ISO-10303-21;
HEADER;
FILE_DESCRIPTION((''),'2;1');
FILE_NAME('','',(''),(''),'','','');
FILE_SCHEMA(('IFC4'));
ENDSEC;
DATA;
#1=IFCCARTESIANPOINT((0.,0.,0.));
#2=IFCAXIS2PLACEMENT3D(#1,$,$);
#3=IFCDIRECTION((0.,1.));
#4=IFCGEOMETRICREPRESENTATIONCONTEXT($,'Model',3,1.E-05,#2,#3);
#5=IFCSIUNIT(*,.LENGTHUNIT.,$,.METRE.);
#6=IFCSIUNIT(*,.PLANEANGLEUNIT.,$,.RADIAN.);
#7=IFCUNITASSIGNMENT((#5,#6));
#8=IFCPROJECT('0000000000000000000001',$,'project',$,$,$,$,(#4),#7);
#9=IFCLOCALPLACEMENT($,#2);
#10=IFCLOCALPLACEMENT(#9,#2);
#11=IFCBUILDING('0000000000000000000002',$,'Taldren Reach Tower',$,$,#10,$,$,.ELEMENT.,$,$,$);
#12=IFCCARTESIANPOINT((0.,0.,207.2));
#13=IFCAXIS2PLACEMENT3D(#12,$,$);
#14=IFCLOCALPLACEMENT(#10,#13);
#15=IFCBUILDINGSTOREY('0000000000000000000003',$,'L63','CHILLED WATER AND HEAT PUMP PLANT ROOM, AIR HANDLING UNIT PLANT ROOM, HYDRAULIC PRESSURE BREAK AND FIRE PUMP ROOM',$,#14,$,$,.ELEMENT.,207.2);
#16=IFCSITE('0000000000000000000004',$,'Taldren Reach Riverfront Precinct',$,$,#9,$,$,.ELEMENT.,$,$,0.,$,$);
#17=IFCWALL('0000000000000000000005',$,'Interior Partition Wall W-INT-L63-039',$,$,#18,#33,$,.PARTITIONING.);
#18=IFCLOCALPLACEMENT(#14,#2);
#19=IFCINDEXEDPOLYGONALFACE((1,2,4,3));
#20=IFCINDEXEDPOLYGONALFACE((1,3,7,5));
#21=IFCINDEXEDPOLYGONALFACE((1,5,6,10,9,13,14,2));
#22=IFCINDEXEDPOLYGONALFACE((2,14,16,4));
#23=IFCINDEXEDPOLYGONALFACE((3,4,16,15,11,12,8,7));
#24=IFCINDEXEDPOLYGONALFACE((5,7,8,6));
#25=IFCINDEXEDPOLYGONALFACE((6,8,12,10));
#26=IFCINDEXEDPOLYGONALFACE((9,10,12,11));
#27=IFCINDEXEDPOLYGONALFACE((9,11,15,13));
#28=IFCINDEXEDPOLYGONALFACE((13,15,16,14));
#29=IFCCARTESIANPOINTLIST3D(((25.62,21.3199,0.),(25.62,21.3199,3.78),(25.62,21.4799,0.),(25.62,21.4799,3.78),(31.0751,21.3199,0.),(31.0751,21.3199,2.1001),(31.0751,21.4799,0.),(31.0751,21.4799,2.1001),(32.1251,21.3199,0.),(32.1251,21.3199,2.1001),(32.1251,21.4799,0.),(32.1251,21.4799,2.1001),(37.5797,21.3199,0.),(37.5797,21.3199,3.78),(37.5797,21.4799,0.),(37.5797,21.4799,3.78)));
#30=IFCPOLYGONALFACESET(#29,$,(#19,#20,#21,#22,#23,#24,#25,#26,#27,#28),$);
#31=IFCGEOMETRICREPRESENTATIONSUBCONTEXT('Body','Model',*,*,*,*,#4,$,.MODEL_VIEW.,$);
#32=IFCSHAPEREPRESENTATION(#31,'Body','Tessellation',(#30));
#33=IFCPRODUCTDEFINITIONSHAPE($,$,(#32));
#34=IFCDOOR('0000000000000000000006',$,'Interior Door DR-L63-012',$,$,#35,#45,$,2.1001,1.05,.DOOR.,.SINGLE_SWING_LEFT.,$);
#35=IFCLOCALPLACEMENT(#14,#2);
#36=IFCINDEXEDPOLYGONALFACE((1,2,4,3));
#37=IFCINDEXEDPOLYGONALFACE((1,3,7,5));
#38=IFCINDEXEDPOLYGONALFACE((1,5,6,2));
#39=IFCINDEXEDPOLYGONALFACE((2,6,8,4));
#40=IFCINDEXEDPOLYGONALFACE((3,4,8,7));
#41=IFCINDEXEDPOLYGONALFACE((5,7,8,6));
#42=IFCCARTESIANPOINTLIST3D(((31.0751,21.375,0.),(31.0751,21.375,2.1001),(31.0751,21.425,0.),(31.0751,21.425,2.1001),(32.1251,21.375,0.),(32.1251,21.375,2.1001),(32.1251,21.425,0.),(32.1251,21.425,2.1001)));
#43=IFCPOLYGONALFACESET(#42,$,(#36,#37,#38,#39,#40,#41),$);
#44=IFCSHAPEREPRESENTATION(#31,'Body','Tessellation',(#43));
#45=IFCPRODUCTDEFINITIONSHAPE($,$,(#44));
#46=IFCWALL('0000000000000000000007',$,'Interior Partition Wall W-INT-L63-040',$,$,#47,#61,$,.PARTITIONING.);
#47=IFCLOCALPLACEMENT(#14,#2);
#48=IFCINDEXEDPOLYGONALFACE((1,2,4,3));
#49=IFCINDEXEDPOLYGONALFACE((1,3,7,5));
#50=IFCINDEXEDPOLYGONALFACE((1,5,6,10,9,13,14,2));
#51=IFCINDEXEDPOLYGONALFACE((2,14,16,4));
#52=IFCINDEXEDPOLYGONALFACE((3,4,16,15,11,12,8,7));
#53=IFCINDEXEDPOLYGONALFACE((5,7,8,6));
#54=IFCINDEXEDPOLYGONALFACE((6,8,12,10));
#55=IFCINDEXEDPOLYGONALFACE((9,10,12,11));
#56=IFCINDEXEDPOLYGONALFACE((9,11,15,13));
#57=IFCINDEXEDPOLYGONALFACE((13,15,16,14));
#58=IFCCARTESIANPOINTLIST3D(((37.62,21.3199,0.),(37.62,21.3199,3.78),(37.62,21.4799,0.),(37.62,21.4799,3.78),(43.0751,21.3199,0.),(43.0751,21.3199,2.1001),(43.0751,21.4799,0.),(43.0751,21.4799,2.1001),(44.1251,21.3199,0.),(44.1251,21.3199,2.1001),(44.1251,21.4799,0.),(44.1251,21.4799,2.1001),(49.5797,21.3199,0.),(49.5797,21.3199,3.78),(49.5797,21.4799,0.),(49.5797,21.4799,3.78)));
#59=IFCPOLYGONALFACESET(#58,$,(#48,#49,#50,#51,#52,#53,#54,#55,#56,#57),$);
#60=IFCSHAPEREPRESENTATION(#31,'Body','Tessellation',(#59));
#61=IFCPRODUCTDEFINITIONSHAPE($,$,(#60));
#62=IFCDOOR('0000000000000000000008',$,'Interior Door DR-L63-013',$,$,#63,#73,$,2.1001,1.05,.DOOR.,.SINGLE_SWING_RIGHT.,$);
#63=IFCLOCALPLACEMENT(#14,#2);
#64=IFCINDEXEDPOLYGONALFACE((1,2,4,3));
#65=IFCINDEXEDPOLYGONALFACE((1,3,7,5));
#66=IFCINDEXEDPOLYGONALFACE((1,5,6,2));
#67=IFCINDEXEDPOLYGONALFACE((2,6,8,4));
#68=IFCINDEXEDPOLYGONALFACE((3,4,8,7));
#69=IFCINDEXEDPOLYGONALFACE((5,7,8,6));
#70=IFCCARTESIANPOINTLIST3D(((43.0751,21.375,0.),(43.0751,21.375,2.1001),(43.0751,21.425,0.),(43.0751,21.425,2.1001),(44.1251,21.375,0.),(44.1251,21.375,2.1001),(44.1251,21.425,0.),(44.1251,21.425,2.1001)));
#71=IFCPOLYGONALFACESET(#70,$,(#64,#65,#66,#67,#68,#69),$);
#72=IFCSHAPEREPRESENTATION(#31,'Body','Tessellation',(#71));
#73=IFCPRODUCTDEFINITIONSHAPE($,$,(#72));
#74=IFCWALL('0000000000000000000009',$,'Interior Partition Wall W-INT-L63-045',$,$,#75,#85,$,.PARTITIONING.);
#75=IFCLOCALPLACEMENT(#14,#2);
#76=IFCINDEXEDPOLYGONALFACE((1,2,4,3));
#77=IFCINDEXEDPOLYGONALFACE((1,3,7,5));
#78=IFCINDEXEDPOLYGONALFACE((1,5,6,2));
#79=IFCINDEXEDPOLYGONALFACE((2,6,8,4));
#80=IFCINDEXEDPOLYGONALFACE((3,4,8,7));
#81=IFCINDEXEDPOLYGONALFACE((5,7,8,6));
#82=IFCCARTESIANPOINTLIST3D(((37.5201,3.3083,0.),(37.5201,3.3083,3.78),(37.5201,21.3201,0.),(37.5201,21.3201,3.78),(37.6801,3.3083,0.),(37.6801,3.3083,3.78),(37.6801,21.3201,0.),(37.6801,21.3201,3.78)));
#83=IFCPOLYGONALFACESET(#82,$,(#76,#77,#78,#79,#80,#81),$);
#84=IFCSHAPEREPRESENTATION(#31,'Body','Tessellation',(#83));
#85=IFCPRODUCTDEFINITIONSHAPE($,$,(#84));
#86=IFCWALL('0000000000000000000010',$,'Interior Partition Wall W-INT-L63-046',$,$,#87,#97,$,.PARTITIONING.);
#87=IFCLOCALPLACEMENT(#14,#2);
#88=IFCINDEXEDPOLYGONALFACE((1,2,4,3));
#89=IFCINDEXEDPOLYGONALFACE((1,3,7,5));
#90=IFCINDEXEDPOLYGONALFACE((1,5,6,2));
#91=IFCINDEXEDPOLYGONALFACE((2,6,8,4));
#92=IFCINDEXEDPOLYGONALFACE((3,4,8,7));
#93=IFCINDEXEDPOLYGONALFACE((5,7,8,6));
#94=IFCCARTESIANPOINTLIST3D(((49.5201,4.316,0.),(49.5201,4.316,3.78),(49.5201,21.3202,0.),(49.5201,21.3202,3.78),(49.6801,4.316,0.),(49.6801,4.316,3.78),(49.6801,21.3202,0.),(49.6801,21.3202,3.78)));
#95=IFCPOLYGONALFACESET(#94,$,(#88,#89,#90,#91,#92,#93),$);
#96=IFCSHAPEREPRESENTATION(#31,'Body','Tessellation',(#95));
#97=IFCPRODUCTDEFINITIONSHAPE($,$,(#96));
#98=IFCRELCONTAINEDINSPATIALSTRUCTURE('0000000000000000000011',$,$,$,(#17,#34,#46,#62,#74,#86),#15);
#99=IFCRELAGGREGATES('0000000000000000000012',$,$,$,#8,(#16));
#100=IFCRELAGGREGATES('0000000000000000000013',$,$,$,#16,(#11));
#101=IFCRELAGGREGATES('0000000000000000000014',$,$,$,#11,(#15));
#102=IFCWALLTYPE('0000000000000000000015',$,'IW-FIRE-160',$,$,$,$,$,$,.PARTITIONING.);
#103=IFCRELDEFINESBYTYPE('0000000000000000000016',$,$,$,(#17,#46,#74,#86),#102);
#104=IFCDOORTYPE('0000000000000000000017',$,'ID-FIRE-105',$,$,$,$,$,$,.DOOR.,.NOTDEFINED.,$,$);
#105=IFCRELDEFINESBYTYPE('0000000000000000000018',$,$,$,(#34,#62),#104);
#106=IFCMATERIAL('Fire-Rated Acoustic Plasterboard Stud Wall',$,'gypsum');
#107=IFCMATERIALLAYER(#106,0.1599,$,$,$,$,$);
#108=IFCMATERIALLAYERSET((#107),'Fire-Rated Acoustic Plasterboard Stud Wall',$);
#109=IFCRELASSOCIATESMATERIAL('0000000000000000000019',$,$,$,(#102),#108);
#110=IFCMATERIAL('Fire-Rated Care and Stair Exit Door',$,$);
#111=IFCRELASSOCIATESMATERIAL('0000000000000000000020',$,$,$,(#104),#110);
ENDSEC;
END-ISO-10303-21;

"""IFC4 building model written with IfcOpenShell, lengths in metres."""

from ifc_helpers import new_model, si_unit, direction, frame, frame_2d, origin, place, context, subcontext, project, spatial, rectangle, extrude, source, transform, mapped, material, layer, layer_set, type_object, element, fill, save


model = new_model("IFC4")

# Units and contexts
model_context = context("Model", 3, precision=1e-05, world=origin(), true_north=direction((0.0, 1.0)))
body_context = subcontext(model_context, "Body", "Model", "MODEL_VIEW")
ifc_project = project(units=[si_unit("LENGTHUNIT", "METRE"), si_unit("PLANEANGLEUNIT", "RADIAN")], contexts=[model_context])

# Site, building, storey
site_placement = place(None, origin())
site = spatial("IfcSite", under=ifc_project, at=site_placement, Name="Taldren Reach Riverfront Precinct", CompositionType="ELEMENT", RefElevation=0.0)
building_placement = place(site_placement, origin())
building = spatial("IfcBuilding", under=site, at=building_placement, Name="Taldren Reach Tower", CompositionType="ELEMENT")
storey_placement = place(building_placement, frame((0.0, 0.0, 207.2)))
storey = spatial("IfcBuildingStorey", under=building, at=storey_placement, Name="L63", Description="CHILLED WATER AND HEAT PUMP PLANT ROOM, AIR HANDLING UNIT PLANT ROOM, HYDRAULIC PRESSURE BREAK AND FIRE PUMP ROOM", CompositionType="ELEMENT", Elevation=207.2)

# Walls, openings, doors
ifc_material_1 = material(Name="Fire-Rated Acoustic Plasterboard Stud Wall", Category="gypsum")
ifc_layer_1 = layer(ifc_material_1, 0.1599)
ifc_layer_set_1 = layer_set([ifc_layer_1], Name="Fire-Rated Acoustic Plasterboard Stud Wall")
wall_type = type_object("IfcWallType", Name="IW-FIRE-160", PredefinedType="PARTITIONING", material=ifc_layer_set_1)
shared_shape_1 = source(origin(), body_context, "Body", "SweptSolid", [
    extrude(rectangle(XDim=11.9597, YDim=0.1599, at=frame_2d((5.98, 0.0))), origin(), (0.0, 0.0, 1.0), 3.78),
])
wall_1_placement = place(storey_placement, frame((37.5798, 21.3999, 0.0), z_axis=(0.0, 0.0, 1.0), x_axis=(-1.0, 0.0, 0.0)))
wall_1 = element("IfcWall", 1, at=wall_1_placement, inside=storey, type_object=wall_type, Name="Interior Partition Wall W-INT-L63-039", PredefinedType="PARTITIONING", context=body_context, shape_type="MappedRepresentation", body=[
    mapped(shared_shape_1, transform((0.0, 0.0, 0.0), scale=1.0)),
])
shared_shape_2 = source(origin(), body_context, "Body", "SweptSolid", [
    extrude(rectangle(XDim=1.05, YDim=2.1001, at=frame_2d((0.5249, 1.05))), frame((0.0, 0.0898, 0.0), z_axis=(0.0, -1.0, 0.0), x_axis=(1.0, 0.0, 0.0)), (0.0, 0.0, 1.0), 0.1799),
])
opening_1_placement = place(wall_1_placement, frame((5.4548, 0.0, 0.0)))
opening_1 = element("IfcOpeningElement", 2, at=opening_1_placement, cuts=wall_1, PredefinedType="OPENING", context=body_context, shape_type="MappedRepresentation", body=[
    mapped(shared_shape_2, transform((0.0, 0.0, 0.0), scale=1.0)),
])
ifc_material_2 = material(Name="Fire-Rated Care and Stair Exit Door")
door_type = type_object("IfcDoorType", Name="ID-FIRE-105", OperationType="NOTDEFINED", PredefinedType="DOOR", material=ifc_material_2)
shared_shape_3 = source(origin(), body_context, "Body", "SweptSolid", [
    extrude(rectangle(XDim=1.05, YDim=2.1001, at=frame_2d((0.5249, 1.05))), frame((0.0, 0.0249, 0.0), z_axis=(0.0, -1.0, 0.0), x_axis=(1.0, 0.0, 0.0)), (0.0, 0.0, 1.0), 0.05),
])
door_1_placement = place(opening_1_placement, origin())
door_1 = element("IfcDoor", 3, at=door_1_placement, inside=storey, type_object=door_type, Name="Interior Door DR-L63-012", OperationType="SINGLE_SWING_LEFT", OverallHeight=2.1001, OverallWidth=1.05, PredefinedType="DOOR", context=body_context, shape_type="MappedRepresentation", body=[
    mapped(shared_shape_3, transform((0.0, 0.0, 0.0), scale=1.0)),
])
fill(opening_1, door_1)
wall_2_placement = place(storey_placement, frame((49.5798, 21.3999, 0.0), z_axis=(0.0, 0.0, 1.0), x_axis=(-1.0, 0.0, 0.0)))
wall_2 = element("IfcWall", 4, at=wall_2_placement, inside=storey, type_object=wall_type, Name="Interior Partition Wall W-INT-L63-040", PredefinedType="PARTITIONING", context=body_context, shape_type="MappedRepresentation", body=[
    mapped(shared_shape_1, transform((0.0, 0.0, 0.0), scale=1.0)),
])
opening_2_placement = place(wall_2_placement, frame((5.4548, 0.0, 0.0)))
opening_2 = element("IfcOpeningElement", 5, at=opening_2_placement, cuts=wall_2, PredefinedType="OPENING", context=body_context, shape_type="MappedRepresentation", body=[
    mapped(shared_shape_2, transform((0.0, 0.0, 0.0), scale=1.0)),
])
door_2_placement = place(opening_2_placement, origin())
door_2 = element("IfcDoor", 6, at=door_2_placement, inside=storey, type_object=door_type, Name="Interior Door DR-L63-013", OperationType="SINGLE_SWING_RIGHT", OverallHeight=2.1001, OverallWidth=1.05, PredefinedType="DOOR", context=body_context, shape_type="MappedRepresentation", body=[
    mapped(shared_shape_3, transform((0.0, 0.0, 0.0), scale=1.0)),
])
fill(opening_2, door_2)

# Walls
shared_shape_4 = source(origin(), body_context, "Body", "SweptSolid", [
    extrude(rectangle(XDim=18.0117, YDim=0.1599, at=frame_2d((9.0059, 0.0))), origin(), (0.0, 0.0, 1.0), 3.78),
])
wall_3_placement = place(storey_placement, frame((37.6001, 21.3201, 0.0), z_axis=(0.0, 0.0, 1.0), x_axis=(0.0, -1.0, 0.0)))
element("IfcWall", 7, at=wall_3_placement, inside=storey, type_object=wall_type, Name="Interior Partition Wall W-INT-L63-045", PredefinedType="PARTITIONING", context=body_context, shape_type="MappedRepresentation", body=[
    mapped(shared_shape_4, transform((0.0, 0.0, 0.0), scale=1.0)),
])
shared_shape_5 = source(origin(), body_context, "Body", "SweptSolid", [
    extrude(rectangle(XDim=17.0042, YDim=0.1599, at=frame_2d((8.502, 0.0))), origin(), (0.0, 0.0, 1.0), 3.78),
])
wall_4_placement = place(storey_placement, frame((49.6001, 21.3201, 0.0), z_axis=(0.0, 0.0, 1.0), x_axis=(0.0, -1.0, 0.0)))
element("IfcWall", 8, at=wall_4_placement, inside=storey, type_object=wall_type, Name="Interior Partition Wall W-INT-L63-046", PredefinedType="PARTITIONING", context=body_context, shape_type="MappedRepresentation", body=[
    mapped(shared_shape_5, transform((0.0, 0.0, 0.0), scale=1.0)),
])

save(model, "model.ifc")
